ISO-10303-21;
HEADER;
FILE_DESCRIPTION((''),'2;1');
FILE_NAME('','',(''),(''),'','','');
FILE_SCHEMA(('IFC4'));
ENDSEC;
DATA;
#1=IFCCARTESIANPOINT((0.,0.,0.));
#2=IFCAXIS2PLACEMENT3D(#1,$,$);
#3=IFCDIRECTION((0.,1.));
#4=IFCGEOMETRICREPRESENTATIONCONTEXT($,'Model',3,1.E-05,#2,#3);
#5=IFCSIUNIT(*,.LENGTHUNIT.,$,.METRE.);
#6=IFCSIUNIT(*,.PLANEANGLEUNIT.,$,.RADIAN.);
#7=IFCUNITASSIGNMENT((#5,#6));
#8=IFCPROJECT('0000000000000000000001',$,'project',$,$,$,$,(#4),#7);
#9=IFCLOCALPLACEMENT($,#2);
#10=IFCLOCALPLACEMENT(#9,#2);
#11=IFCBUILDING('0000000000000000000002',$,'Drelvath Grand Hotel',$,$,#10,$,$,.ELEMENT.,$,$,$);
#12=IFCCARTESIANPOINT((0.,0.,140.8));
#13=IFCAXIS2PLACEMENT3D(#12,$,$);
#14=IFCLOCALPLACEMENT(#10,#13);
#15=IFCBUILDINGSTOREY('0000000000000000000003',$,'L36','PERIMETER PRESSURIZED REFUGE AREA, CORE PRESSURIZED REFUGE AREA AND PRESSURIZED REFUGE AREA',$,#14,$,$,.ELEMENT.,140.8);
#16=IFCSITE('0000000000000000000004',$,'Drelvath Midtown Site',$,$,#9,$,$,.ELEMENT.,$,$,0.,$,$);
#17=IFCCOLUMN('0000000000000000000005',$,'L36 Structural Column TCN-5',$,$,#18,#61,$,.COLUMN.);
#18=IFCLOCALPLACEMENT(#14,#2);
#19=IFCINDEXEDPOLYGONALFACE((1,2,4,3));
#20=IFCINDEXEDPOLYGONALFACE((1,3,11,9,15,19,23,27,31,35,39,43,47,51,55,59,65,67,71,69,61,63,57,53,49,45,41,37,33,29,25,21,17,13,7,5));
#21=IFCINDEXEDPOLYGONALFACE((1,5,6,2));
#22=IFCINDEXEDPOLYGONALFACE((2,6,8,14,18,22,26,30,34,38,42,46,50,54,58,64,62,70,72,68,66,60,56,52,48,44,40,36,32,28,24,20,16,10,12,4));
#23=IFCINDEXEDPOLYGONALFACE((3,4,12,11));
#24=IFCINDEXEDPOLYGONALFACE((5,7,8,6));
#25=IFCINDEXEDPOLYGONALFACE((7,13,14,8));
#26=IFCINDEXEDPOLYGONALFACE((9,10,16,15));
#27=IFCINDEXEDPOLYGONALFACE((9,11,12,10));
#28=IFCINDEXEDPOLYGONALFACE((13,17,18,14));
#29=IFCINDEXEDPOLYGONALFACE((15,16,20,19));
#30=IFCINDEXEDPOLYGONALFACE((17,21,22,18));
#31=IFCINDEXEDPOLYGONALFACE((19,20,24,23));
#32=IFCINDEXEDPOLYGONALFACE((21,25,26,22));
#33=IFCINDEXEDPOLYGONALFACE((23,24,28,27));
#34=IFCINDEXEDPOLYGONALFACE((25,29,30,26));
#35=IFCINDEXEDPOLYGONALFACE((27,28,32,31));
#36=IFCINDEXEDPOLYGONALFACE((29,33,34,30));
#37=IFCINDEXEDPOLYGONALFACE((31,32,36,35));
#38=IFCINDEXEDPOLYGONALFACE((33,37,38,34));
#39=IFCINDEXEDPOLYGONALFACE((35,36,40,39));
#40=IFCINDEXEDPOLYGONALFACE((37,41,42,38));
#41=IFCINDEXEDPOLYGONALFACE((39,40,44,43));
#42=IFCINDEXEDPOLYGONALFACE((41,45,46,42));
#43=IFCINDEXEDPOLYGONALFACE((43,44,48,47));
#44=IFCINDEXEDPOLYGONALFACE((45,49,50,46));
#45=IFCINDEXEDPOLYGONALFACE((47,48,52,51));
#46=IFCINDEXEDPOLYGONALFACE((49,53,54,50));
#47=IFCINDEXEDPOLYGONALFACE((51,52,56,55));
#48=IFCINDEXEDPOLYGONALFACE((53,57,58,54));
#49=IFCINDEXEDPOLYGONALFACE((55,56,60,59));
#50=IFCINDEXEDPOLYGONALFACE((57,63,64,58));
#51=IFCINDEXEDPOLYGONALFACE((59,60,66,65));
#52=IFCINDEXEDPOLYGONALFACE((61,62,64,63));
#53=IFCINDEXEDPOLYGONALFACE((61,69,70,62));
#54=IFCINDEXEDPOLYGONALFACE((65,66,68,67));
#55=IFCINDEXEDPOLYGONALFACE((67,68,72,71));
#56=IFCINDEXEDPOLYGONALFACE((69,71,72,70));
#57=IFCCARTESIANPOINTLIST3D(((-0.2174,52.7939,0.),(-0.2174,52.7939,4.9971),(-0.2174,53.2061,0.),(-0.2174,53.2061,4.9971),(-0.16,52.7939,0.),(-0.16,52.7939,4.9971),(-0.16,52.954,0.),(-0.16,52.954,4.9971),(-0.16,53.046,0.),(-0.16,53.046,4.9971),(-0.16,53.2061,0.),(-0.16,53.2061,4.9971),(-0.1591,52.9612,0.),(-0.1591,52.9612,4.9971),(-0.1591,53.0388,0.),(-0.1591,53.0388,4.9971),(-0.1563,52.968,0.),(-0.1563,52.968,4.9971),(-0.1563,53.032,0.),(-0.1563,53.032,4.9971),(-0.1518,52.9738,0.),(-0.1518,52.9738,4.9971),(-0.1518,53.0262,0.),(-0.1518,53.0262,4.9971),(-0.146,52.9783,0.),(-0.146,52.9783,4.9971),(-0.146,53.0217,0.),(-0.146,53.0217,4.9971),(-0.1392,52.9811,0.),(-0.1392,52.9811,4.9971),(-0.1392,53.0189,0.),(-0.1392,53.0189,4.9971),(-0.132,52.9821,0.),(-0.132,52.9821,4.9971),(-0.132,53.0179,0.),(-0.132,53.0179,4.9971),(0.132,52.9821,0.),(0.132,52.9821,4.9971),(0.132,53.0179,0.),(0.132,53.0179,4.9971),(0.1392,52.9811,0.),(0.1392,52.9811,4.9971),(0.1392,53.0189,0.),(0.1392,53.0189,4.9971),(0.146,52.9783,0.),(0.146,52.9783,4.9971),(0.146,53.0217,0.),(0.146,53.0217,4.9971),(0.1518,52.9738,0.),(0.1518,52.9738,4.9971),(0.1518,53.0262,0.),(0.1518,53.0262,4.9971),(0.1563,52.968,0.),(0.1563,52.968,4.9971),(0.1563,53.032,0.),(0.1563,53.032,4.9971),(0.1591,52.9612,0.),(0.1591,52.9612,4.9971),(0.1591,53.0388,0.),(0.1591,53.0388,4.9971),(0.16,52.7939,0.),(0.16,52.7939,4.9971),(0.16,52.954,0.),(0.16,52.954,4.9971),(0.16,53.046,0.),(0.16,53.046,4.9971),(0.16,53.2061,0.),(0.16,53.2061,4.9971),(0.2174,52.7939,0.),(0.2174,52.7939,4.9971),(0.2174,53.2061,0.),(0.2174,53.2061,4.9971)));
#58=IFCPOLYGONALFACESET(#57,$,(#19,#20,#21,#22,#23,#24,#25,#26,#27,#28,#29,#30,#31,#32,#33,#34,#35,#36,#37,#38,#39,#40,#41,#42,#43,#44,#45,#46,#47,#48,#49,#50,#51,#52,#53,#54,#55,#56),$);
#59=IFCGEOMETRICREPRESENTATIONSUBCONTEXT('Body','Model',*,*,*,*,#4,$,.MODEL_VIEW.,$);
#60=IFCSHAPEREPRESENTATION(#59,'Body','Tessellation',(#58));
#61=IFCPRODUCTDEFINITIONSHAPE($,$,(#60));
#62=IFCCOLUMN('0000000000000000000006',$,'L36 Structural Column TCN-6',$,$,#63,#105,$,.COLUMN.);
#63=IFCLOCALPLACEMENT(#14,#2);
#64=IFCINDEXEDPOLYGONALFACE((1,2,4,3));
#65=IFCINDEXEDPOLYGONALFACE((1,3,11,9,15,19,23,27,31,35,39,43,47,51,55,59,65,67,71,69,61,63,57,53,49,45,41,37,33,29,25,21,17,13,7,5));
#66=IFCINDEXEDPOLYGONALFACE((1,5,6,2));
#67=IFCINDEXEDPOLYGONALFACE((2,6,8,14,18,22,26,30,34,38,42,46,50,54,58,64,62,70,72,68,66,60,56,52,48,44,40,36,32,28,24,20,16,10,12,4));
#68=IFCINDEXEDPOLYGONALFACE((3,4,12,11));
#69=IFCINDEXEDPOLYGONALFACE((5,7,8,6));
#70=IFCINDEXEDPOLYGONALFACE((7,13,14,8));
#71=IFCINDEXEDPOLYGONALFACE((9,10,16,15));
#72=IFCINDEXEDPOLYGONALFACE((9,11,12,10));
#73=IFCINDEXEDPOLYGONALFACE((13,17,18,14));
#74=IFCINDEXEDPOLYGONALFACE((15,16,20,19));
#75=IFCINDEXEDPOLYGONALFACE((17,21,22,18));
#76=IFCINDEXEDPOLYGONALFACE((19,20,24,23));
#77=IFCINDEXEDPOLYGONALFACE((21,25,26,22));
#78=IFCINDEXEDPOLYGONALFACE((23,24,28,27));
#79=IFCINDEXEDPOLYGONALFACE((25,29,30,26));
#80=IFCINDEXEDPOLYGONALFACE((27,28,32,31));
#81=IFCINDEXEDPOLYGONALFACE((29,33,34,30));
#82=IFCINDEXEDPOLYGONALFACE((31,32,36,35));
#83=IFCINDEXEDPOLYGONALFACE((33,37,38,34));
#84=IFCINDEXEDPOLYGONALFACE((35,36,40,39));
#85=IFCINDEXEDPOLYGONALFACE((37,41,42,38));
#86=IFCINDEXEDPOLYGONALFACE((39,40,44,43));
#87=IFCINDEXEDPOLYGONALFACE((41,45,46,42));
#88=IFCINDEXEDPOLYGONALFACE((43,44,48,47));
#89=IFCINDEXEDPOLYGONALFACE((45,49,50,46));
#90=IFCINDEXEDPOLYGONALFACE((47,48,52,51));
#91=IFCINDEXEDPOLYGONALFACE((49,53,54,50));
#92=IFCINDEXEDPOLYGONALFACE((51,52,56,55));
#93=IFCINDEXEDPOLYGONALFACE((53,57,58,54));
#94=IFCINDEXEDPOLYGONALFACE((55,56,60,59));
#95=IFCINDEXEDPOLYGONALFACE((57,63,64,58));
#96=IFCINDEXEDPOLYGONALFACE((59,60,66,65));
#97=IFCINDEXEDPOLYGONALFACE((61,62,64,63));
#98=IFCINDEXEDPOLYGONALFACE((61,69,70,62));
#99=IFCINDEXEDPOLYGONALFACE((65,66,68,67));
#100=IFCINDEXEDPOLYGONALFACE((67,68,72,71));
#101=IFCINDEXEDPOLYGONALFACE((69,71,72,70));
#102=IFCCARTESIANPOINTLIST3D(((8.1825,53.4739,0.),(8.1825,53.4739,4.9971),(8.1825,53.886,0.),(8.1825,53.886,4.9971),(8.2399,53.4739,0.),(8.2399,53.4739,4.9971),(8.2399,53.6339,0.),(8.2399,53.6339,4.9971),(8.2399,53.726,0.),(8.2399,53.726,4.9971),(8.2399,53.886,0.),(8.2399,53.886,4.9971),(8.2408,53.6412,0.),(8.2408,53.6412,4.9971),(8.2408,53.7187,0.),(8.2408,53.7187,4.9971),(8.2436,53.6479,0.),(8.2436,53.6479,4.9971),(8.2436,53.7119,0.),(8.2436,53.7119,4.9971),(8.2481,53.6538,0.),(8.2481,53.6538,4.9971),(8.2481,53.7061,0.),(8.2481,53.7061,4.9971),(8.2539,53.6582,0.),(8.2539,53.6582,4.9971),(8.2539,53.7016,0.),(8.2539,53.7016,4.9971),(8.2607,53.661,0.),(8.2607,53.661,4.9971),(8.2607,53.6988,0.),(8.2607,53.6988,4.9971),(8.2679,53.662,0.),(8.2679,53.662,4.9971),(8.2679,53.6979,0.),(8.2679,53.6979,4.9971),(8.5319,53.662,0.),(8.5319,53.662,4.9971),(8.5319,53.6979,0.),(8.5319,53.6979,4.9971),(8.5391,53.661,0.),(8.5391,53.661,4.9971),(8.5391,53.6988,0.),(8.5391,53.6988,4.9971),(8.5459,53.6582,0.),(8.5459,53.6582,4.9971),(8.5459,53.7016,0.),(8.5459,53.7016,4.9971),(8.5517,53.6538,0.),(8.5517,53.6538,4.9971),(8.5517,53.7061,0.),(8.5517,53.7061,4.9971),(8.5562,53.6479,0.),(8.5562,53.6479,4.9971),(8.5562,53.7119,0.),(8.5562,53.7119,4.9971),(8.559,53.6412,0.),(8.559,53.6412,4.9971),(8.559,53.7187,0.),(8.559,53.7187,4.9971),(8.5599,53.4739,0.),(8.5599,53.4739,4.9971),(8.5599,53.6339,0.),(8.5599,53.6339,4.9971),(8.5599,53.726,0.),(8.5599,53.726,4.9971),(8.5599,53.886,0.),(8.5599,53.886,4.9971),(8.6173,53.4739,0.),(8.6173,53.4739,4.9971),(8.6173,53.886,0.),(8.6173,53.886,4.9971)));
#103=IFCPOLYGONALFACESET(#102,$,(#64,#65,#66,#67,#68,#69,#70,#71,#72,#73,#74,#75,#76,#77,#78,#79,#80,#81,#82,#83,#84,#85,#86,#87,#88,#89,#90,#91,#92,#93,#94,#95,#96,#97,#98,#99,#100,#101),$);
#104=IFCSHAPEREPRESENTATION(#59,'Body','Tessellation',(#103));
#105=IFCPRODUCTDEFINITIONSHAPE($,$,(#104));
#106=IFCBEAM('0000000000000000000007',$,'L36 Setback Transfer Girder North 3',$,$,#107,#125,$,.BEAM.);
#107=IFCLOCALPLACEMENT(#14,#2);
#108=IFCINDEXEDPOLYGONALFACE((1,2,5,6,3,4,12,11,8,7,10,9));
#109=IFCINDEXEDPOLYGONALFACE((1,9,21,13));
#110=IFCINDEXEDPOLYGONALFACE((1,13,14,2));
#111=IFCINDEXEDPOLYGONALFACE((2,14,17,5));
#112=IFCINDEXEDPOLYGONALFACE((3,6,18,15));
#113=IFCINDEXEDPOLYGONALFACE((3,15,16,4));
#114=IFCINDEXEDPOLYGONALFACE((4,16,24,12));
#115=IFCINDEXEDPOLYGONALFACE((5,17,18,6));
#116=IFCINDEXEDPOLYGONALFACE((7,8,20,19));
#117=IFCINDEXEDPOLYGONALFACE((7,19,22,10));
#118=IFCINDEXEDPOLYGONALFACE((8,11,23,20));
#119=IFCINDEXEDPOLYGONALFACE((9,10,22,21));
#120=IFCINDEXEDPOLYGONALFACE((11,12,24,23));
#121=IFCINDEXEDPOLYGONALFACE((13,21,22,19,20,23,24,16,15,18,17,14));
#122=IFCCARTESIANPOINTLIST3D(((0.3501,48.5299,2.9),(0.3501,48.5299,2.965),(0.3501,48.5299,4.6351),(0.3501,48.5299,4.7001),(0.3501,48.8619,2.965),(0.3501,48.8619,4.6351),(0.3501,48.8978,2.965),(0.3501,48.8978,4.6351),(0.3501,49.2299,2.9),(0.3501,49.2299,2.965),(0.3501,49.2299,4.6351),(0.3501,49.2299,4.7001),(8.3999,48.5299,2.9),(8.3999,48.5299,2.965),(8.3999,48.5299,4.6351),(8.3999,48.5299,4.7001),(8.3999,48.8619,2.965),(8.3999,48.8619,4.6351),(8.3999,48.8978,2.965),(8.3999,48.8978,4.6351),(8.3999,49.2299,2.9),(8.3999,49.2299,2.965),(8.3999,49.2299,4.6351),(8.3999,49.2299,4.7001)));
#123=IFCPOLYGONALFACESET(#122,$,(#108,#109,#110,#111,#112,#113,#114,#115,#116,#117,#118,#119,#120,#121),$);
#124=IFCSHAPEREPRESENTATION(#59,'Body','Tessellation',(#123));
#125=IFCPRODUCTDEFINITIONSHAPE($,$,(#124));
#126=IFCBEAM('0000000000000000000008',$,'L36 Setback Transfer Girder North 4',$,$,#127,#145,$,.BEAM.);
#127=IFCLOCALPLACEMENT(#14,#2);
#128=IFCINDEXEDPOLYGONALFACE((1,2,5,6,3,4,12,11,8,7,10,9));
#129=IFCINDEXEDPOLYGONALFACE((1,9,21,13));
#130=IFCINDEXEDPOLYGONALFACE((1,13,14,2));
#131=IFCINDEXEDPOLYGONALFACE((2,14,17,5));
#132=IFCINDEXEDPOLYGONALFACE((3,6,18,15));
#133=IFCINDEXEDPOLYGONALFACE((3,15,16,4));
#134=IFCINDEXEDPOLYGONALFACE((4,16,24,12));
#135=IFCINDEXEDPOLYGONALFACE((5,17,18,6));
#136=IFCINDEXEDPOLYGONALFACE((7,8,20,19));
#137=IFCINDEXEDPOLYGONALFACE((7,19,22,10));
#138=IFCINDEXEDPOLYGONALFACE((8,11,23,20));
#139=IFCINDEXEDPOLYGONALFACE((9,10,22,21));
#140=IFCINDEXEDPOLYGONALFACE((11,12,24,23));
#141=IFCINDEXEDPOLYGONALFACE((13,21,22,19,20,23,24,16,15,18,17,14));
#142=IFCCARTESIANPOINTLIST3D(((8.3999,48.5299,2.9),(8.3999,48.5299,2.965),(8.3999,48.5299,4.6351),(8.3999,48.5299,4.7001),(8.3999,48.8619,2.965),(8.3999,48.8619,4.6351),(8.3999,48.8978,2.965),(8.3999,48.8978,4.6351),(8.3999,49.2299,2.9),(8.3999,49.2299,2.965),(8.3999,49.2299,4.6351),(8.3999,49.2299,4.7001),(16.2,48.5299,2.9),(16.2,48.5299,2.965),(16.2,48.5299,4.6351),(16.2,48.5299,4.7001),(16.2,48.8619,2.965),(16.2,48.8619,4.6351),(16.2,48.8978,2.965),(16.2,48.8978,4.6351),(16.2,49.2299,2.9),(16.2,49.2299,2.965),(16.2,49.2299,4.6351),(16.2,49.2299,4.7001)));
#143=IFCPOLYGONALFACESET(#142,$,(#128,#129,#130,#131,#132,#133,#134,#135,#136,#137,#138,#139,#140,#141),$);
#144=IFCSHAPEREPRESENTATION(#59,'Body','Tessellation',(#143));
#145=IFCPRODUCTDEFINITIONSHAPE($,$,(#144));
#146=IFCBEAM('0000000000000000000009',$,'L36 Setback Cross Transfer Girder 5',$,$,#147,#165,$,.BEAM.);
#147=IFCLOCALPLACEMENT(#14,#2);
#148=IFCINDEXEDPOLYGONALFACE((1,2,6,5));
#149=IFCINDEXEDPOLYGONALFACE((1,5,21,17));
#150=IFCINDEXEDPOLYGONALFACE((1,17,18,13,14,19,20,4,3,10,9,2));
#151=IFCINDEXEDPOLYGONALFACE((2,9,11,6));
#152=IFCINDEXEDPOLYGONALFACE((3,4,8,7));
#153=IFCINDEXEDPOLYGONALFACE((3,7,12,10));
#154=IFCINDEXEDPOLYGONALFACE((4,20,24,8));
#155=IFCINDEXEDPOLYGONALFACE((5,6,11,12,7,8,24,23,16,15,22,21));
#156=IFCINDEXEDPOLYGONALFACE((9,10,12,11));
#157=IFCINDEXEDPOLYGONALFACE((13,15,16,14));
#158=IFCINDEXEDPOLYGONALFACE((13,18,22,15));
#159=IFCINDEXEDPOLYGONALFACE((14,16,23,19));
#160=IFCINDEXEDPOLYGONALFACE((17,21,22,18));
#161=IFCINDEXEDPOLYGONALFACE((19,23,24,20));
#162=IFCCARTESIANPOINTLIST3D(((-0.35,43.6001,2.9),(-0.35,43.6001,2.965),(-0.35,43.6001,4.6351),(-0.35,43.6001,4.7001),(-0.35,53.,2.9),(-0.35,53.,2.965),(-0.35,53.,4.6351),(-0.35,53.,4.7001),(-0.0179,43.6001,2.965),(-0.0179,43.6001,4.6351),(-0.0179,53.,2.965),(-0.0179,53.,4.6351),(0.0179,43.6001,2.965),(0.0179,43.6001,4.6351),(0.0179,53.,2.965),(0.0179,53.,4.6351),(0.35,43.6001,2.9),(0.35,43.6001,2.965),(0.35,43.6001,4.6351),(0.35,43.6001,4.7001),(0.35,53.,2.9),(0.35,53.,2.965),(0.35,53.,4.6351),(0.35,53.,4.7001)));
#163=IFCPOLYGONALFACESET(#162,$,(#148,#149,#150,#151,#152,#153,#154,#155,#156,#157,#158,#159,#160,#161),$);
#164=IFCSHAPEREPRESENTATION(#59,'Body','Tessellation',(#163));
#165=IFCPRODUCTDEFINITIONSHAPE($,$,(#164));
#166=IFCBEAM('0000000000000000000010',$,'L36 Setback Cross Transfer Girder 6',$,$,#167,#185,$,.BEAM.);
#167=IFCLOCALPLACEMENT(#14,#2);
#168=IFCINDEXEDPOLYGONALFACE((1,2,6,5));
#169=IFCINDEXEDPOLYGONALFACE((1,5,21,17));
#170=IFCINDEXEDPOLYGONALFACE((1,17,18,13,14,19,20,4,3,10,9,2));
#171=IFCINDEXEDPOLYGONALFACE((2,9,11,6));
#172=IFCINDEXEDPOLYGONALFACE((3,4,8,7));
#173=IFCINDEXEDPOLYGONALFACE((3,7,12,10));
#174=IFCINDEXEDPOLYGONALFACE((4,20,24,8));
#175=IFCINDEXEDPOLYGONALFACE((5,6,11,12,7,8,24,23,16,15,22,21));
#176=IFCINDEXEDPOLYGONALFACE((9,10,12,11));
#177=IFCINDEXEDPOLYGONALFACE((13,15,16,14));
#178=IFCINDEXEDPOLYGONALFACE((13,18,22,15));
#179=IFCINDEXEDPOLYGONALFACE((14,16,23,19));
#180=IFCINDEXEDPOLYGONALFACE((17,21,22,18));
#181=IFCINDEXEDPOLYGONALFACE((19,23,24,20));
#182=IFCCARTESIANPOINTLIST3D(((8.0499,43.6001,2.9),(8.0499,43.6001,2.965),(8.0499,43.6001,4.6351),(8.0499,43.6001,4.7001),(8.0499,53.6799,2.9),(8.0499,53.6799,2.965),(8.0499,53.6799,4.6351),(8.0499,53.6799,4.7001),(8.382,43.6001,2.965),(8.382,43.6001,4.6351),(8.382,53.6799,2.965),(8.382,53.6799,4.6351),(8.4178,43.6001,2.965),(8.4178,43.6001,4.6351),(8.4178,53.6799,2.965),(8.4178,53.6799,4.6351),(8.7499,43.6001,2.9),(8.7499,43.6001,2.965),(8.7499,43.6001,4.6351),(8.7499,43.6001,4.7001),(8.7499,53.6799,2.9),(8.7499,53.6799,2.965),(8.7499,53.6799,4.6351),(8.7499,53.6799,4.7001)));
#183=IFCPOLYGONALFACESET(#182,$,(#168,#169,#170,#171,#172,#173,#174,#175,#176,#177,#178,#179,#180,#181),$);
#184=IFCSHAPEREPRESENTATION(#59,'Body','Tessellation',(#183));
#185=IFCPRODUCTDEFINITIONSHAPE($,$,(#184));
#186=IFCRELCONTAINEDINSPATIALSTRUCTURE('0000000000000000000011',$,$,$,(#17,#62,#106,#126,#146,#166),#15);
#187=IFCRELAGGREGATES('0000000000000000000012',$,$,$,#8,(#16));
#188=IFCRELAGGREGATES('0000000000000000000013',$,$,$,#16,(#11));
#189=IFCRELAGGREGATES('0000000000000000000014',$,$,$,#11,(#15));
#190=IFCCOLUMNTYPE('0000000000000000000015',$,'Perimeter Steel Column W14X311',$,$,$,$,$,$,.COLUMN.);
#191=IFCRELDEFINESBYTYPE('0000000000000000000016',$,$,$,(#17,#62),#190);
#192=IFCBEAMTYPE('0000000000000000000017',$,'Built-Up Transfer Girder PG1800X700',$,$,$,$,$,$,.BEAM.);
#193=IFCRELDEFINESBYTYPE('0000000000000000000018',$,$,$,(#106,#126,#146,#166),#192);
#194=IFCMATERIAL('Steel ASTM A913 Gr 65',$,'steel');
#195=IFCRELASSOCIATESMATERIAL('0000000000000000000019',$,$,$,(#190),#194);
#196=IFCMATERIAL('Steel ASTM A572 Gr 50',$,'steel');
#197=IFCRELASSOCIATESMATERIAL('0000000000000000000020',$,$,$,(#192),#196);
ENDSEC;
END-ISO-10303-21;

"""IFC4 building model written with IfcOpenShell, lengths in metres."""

from ifc_helpers import new_model, si_unit, direction, frame, origin, origin_2d, place, context, subcontext, project, spatial, i_section, extrude, material, material_profile, profile_set, type_object, element, save


model = new_model("IFC4")

# Units and contexts
model_context = context("Model", 3, precision=1e-05, world=origin(), true_north=direction((0.0, 1.0)))
body_context = subcontext(model_context, "Body", "Model", "MODEL_VIEW")
ifc_project = project(units=[si_unit("LENGTHUNIT", "METRE"), si_unit("PLANEANGLEUNIT", "RADIAN")], contexts=[model_context])

# Site, building, storey
site_placement = place(None, origin())
site = spatial("IfcSite", under=ifc_project, at=site_placement, Name="Drelvath Midtown Site", CompositionType="ELEMENT", RefElevation=0.0)
building_placement = place(site_placement, origin())
building = spatial("IfcBuilding", under=site, at=building_placement, Name="Drelvath Grand Hotel", CompositionType="ELEMENT")
storey_placement = place(building_placement, frame((0.0, 0.0, 140.8)))
storey = spatial("IfcBuildingStorey", under=building, at=storey_placement, Name="L36", Description="PERIMETER PRESSURIZED REFUGE AREA, CORE PRESSURIZED REFUGE AREA AND PRESSURIZED REFUGE AREA", CompositionType="ELEMENT", Elevation=140.8)

# Columns
ifc_material_1 = material(Name="Steel ASTM A913 Gr 65", Category="steel")
ifc_material_profile_1 = material_profile(ifc_material_1, i_section(OverallWidth=0.4121, OverallDepth=0.4348, WebThickness=0.0359, FlangeThickness=0.0574, FilletRadius=0.0281, at=origin_2d()), Name="W14X311")
ifc_profile_set_1 = profile_set([ifc_material_profile_1], Name="Steel ASTM A913 Gr 65")
column_type = type_object("IfcColumnType", Name="Perimeter Steel Column W14X311", PredefinedType="COLUMN", material=ifc_profile_set_1)
for number, where, z_axis, x_axis, name in (
    (1, (0.0, 53.0, 0.0), (0.0, 0.0, 1.0), (0.0, 1.0, 0.0), "L36 Structural Column TCN-5"),
    (2, (8.3999, 53.6799, 0.0), (0.0, 0.0, 1.0), (0.0, 1.0, 0.0), "L36 Structural Column TCN-6"),
):
    element("IfcColumn", number, at=place(storey_placement, frame(where, z_axis=z_axis, x_axis=x_axis)), inside=storey, type_object=column_type, Name=name, PredefinedType="COLUMN", context=body_context, shape_type="SweptSolid", body=[
        extrude(i_section(OverallWidth=0.4121, OverallDepth=0.4348, WebThickness=0.0359, FlangeThickness=0.0574, FilletRadius=0.0281, at=origin_2d()), origin(), (0.0, 0.0, 1.0), 4.9971),
    ])

# Beams
ifc_material_2 = material(Name="Steel ASTM A572 Gr 50", Category="steel")
ifc_material_profile_2 = material_profile(ifc_material_2, i_section(OverallWidth=0.7, OverallDepth=1.8, WebThickness=0.0359, FlangeThickness=0.0649, at=origin_2d()), Name="PG1800X700")
ifc_profile_set_2 = profile_set([ifc_material_profile_2], Name="Steel ASTM A572 Gr 50")
beam_type_1 = type_object("IfcBeamType", Name="Built-Up Transfer Girder PG1800X700", PredefinedType="BEAM", material=ifc_profile_set_2)
beam_1_placement = place(storey_placement, frame((0.3501, 48.8799, 3.8), z_axis=(1.0, 0.0, 0.0), x_axis=(0.0, 1.0, 0.0)))
element("IfcBeam", 3, at=beam_1_placement, inside=storey, type_object=beam_type_1, Name="L36 Setback Transfer Girder North 3", PredefinedType="BEAM", context=body_context, shape_type="SweptSolid", body=[
    extrude(i_section(OverallWidth=0.7, OverallDepth=1.8, WebThickness=0.0359, FlangeThickness=0.0649, at=origin_2d()), origin(), (0.0, 0.0, 1.0), 8.0498),
])
beam_2_placement = place(storey_placement, frame((8.3999, 48.8799, 3.8), z_axis=(1.0, 0.0, 0.0), x_axis=(0.0, 1.0, 0.0)))
element("IfcBeam", 4, at=beam_2_placement, inside=storey, type_object=beam_type_1, Name="L36 Setback Transfer Girder North 4", PredefinedType="BEAM", context=body_context, shape_type="SweptSolid", body=[
    extrude(i_section(OverallWidth=0.7, OverallDepth=1.8, WebThickness=0.0359, FlangeThickness=0.0649, at=origin_2d()), origin(), (0.0, 0.0, 1.0), 7.8),
])
beam_3_placement = place(storey_placement, frame((0.0, 43.6001, 3.8), z_axis=(0.0, 1.0, 0.0), x_axis=(-1.0, 0.0, 0.0)))
element("IfcBeam", 5, at=beam_3_placement, inside=storey, type_object=beam_type_1, Name="L36 Setback Cross Transfer Girder 5", PredefinedType="BEAM", context=body_context, shape_type="SweptSolid", body=[
    extrude(i_section(OverallWidth=0.7, OverallDepth=1.8, WebThickness=0.0359, FlangeThickness=0.0649, at=origin_2d()), origin(), (0.0, 0.0, 1.0), 9.3999),
])
beam_4_placement = place(storey_placement, frame((8.3999, 43.6001, 3.8), z_axis=(0.0, 1.0, 0.0), x_axis=(-1.0, 0.0, 0.0)))
element("IfcBeam", 6, at=beam_4_placement, inside=storey, type_object=beam_type_1, Name="L36 Setback Cross Transfer Girder 6", PredefinedType="BEAM", context=body_context, shape_type="SweptSolid", body=[
    extrude(i_section(OverallWidth=0.7, OverallDepth=1.8, WebThickness=0.0359, FlangeThickness=0.0649, at=origin_2d()), origin(), (0.0, 0.0, 1.0), 10.0798),
])

save(model, "model.ifc")
